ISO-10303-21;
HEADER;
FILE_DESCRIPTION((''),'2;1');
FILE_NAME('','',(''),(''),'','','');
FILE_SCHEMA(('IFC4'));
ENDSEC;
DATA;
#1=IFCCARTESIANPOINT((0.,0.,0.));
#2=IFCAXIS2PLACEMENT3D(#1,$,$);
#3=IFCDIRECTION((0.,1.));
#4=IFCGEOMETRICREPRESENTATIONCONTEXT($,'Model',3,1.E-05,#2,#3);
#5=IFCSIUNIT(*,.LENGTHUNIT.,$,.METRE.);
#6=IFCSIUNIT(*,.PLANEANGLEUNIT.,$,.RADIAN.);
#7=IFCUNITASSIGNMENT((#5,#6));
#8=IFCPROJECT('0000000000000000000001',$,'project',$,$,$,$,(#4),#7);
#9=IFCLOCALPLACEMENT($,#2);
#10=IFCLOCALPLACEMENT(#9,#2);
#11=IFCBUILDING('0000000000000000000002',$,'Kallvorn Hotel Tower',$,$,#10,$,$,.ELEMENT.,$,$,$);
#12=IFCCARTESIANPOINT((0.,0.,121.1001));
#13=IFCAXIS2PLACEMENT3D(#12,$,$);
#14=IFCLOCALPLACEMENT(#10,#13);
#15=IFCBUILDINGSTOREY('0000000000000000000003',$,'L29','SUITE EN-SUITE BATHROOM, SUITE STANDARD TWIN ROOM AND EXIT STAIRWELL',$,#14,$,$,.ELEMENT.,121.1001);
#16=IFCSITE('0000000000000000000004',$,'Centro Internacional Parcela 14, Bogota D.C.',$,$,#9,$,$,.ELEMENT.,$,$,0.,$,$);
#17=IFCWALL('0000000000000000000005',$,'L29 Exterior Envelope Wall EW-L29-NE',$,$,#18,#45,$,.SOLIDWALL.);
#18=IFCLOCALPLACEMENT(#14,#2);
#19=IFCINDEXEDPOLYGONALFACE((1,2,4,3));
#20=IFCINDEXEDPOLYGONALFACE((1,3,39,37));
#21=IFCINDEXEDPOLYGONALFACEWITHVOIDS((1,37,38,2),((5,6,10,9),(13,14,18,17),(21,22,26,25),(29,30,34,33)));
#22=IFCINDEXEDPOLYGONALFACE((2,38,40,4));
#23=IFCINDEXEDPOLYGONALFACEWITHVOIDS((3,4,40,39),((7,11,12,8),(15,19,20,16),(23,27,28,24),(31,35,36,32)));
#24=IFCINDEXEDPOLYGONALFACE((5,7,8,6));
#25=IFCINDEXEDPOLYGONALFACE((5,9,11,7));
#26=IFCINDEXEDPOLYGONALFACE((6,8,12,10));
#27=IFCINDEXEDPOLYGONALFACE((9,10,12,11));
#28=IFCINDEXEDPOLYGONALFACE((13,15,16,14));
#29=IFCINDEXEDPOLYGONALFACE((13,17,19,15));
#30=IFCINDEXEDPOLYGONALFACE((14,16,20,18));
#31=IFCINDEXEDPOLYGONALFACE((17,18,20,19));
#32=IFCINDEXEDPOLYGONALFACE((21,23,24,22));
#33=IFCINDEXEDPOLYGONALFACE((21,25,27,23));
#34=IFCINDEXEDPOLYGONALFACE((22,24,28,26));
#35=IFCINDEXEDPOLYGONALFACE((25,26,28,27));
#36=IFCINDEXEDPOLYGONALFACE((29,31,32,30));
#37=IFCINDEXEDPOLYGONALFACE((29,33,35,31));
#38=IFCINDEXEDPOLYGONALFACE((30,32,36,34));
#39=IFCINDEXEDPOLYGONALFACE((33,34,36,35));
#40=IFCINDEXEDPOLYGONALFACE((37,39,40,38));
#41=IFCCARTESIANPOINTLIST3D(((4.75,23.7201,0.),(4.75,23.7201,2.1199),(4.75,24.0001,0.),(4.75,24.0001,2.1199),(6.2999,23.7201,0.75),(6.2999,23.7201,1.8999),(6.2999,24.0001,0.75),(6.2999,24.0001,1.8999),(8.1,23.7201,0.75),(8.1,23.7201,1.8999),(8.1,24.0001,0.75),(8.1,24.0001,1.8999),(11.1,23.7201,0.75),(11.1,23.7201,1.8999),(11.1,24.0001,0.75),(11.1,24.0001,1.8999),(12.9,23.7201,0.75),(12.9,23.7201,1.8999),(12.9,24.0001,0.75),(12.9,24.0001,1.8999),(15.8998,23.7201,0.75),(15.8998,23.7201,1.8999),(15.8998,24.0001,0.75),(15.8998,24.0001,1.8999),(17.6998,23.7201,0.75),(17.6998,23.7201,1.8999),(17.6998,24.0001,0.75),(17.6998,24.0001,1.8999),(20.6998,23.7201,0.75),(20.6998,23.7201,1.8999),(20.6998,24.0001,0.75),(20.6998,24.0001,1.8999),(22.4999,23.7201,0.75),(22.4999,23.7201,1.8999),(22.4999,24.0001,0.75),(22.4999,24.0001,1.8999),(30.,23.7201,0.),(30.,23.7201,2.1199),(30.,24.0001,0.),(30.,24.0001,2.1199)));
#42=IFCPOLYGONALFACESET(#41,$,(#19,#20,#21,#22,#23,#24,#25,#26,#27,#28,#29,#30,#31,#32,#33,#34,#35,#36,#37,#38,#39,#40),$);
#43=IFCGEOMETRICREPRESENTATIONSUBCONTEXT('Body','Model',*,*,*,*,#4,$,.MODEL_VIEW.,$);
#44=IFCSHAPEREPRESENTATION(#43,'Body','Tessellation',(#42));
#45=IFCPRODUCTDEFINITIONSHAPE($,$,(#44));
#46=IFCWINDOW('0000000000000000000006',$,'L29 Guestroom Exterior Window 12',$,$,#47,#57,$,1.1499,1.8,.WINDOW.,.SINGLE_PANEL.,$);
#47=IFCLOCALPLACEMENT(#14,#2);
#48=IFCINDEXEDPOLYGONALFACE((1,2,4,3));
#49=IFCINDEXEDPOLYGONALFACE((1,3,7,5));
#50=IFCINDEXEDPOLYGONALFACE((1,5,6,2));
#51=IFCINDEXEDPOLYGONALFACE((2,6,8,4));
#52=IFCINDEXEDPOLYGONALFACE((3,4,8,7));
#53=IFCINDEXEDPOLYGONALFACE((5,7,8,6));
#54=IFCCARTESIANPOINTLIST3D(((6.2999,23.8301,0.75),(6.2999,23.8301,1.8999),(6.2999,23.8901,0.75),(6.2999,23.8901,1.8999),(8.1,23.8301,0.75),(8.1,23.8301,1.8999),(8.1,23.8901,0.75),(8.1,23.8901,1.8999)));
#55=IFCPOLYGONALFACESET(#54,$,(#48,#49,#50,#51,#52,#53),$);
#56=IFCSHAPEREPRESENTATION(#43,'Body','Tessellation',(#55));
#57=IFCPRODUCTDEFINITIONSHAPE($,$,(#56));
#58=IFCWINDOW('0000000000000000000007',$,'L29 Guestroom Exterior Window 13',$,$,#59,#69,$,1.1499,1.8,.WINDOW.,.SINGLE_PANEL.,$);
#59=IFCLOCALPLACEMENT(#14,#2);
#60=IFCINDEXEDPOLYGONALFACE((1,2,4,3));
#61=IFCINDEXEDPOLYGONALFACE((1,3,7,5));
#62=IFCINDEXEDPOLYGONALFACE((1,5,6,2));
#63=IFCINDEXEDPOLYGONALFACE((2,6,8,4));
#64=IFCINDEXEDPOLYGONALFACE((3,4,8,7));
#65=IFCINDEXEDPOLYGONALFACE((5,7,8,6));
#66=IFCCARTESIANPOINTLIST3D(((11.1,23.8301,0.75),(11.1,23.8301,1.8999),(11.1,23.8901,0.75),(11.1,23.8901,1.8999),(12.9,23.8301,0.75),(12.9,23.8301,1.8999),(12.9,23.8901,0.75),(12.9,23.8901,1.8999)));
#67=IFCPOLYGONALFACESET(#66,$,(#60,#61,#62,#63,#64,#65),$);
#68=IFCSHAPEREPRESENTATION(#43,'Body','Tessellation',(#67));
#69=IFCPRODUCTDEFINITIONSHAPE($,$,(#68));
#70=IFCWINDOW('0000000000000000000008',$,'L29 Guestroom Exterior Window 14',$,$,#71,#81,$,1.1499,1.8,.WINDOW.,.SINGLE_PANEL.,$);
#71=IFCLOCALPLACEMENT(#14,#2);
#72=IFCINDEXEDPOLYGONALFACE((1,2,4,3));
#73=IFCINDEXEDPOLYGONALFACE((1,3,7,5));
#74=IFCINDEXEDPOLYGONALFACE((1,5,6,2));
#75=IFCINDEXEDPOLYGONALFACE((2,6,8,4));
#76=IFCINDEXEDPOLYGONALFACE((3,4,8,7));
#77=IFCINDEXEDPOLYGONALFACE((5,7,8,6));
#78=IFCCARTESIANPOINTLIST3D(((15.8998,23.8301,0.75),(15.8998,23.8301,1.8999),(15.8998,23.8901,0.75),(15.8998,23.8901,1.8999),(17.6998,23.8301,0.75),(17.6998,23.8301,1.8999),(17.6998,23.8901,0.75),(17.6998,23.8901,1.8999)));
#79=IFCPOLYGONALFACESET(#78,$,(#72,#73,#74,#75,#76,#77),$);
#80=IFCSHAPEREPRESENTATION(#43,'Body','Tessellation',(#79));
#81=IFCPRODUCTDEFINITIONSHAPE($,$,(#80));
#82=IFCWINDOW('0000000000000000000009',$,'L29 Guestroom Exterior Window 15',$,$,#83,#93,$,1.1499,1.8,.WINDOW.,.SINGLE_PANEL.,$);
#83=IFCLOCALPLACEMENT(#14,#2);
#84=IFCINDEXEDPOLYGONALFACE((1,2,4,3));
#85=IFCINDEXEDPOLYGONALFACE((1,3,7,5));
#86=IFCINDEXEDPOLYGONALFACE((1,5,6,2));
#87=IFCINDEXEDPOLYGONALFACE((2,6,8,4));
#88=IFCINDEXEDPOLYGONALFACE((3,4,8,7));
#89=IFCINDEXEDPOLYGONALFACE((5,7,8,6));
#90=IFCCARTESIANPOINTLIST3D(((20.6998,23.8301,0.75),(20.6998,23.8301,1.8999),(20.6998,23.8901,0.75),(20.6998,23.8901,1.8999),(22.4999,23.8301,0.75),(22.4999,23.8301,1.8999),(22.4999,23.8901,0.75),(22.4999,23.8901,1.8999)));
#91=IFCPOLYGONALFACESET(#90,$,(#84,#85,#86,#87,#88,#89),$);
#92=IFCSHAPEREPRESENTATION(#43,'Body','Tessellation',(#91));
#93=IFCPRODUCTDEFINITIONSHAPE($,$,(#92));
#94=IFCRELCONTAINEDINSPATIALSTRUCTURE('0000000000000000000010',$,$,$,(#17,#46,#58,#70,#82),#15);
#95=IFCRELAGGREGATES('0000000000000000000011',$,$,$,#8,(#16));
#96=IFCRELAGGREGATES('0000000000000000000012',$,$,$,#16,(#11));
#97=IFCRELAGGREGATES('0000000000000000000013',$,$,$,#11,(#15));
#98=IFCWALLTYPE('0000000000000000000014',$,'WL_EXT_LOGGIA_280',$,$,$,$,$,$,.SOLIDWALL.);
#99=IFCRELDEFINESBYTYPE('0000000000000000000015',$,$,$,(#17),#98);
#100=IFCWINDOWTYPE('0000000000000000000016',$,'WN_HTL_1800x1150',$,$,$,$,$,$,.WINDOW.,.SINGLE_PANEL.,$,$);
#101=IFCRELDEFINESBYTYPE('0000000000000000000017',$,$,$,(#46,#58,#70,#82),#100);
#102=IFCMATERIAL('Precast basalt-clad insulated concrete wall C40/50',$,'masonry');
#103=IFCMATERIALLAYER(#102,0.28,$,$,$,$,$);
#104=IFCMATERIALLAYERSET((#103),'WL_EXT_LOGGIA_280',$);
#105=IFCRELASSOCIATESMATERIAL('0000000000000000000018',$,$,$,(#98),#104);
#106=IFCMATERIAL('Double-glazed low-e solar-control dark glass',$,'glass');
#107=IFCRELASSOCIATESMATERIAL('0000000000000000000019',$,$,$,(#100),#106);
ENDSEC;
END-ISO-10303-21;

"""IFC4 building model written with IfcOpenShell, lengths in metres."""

from ifc_helpers import new_model, si_unit, direction, frame, frame_2d, origin, place, context, subcontext, project, spatial, rectangle, extrude, material, layer, layer_set, type_object, element, fill, save


model = new_model("IFC4")

# Units and contexts
model_context = context("Model", 3, precision=1e-05, world=origin(), true_north=direction((0.0, 1.0)))
body_context = subcontext(model_context, "Body", "Model", "MODEL_VIEW")
ifc_project = project(units=[si_unit("LENGTHUNIT", "METRE"), si_unit("PLANEANGLEUNIT", "RADIAN")], contexts=[model_context])

# Site, building, storey
site_placement = place(None, origin())
site = spatial("IfcSite", under=ifc_project, at=site_placement, Name="Centro Internacional Parcela 14, Bogota D.C.", CompositionType="ELEMENT", RefElevation=0.0)
building_placement = place(site_placement, origin())
building = spatial("IfcBuilding", under=site, at=building_placement, Name="Kallvorn Hotel Tower", CompositionType="ELEMENT")
storey_placement = place(building_placement, frame((0.0, 0.0, 121.1001)))
storey = spatial("IfcBuildingStorey", under=building, at=storey_placement, Name="L29", Description="SUITE EN-SUITE BATHROOM, SUITE STANDARD TWIN ROOM AND EXIT STAIRWELL", CompositionType="ELEMENT", Elevation=121.1001)

# Wall, openings, windows
ifc_material_1 = material(Name="Precast basalt-clad insulated concrete wall C40/50", Category="masonry")
ifc_layer_1 = layer(ifc_material_1, 0.28)
ifc_layer_set_1 = layer_set([ifc_layer_1], Name="WL_EXT_LOGGIA_280")
wall_type = type_object("IfcWallType", Name="WL_EXT_LOGGIA_280", PredefinedType="SOLIDWALL", material=ifc_layer_set_1)
wall_placement = place(storey_placement, frame((4.75, 23.8601, 0.0), z_axis=(0.0, 0.0, 1.0), x_axis=(1.0, 0.0, 0.0)))
wall = element("IfcWall", 1, at=wall_placement, inside=storey, type_object=wall_type, Name="L29 Exterior Envelope Wall EW-L29-NE", PredefinedType="SOLIDWALL", context=body_context, shape_type="SweptSolid", body=[
    extrude(rectangle(XDim=25.25, YDim=0.28, at=frame_2d((12.625, 0.0))), origin(), (0.0, 0.0, 1.0), 2.1199),
])
opening_1_placement = place(wall_placement, frame((1.55, 0.0, 0.75)))
opening_1 = element("IfcOpeningElement", 2, at=opening_1_placement, cuts=wall, PredefinedType="OPENING", context=body_context, shape_type="SweptSolid", body=[
    extrude(rectangle(XDim=1.8, YDim=1.1499, at=frame_2d((0.8999, 0.575))), frame((0.0, 0.155, 0.0), z_axis=(0.0, -1.0, 0.0), x_axis=(1.0, 0.0, 0.0)), (0.0, 0.0, 1.0), 0.3101),
])
opening_2_placement = place(wall_placement, frame((6.3501, 0.0, 0.75)))
opening_2 = element("IfcOpeningElement", 3, at=opening_2_placement, cuts=wall, PredefinedType="OPENING", context=body_context, shape_type="SweptSolid", body=[
    extrude(rectangle(XDim=1.8, YDim=1.1499, at=frame_2d((0.8999, 0.575))), frame((0.0, 0.155, 0.0), z_axis=(0.0, -1.0, 0.0), x_axis=(1.0, 0.0, 0.0)), (0.0, 0.0, 1.0), 0.3101),
])
opening_3_placement = place(wall_placement, frame((11.1499, 0.0, 0.75)))
opening_3 = element("IfcOpeningElement", 4, at=opening_3_placement, cuts=wall, PredefinedType="OPENING", context=body_context, shape_type="SweptSolid", body=[
    extrude(rectangle(XDim=1.8, YDim=1.1499, at=frame_2d((0.8999, 0.575))), frame((0.0, 0.155, 0.0), z_axis=(0.0, -1.0, 0.0), x_axis=(1.0, 0.0, 0.0)), (0.0, 0.0, 1.0), 0.3101),
])
opening_4_placement = place(wall_placement, frame((15.95, 0.0, 0.75)))
opening_4 = element("IfcOpeningElement", 5, at=opening_4_placement, cuts=wall, PredefinedType="OPENING", context=body_context, shape_type="SweptSolid", body=[
    extrude(rectangle(XDim=1.8, YDim=1.1499, at=frame_2d((0.8999, 0.575))), frame((0.0, 0.155, 0.0), z_axis=(0.0, -1.0, 0.0), x_axis=(1.0, 0.0, 0.0)), (0.0, 0.0, 1.0), 0.3101),
])
ifc_material_2 = material(Name="Double-glazed low-e solar-control dark glass", Category="glass")
window_type = type_object("IfcWindowType", Name="WN_HTL_1800x1150", PartitioningType="SINGLE_PANEL", PredefinedType="WINDOW", material=ifc_material_2)
window_1_placement = place(opening_1_placement, origin())
window_1 = element("IfcWindow", 6, at=window_1_placement, inside=storey, type_object=window_type, Name="L29 Guestroom Exterior Window 12", OverallHeight=1.1499, OverallWidth=1.8, PartitioningType="SINGLE_PANEL", PredefinedType="WINDOW", context=body_context, shape_type="SweptSolid", body=[
    extrude(rectangle(XDim=1.8, YDim=1.1499, at=frame_2d((0.8999, 0.575))), frame((0.0, 0.03, 0.0), z_axis=(0.0, -1.0, 0.0), x_axis=(1.0, 0.0, 0.0)), (0.0, 0.0, 1.0), 0.0601),
])
fill(opening_1, window_1)
window_2_placement = place(opening_2_placement, origin())
window_2 = element("IfcWindow", 7, at=window_2_placement, inside=storey, type_object=window_type, Name="L29 Guestroom Exterior Window 13", OverallHeight=1.1499, OverallWidth=1.8, PartitioningType="SINGLE_PANEL", PredefinedType="WINDOW", context=body_context, shape_type="SweptSolid", body=[
    extrude(rectangle(XDim=1.8, YDim=1.1499, at=frame_2d((0.8999, 0.575))), frame((0.0, 0.03, 0.0), z_axis=(0.0, -1.0, 0.0), x_axis=(1.0, 0.0, 0.0)), (0.0, 0.0, 1.0), 0.0601),
])
fill(opening_2, window_2)
window_3_placement = place(opening_3_placement, origin())
window_3 = element("IfcWindow", 8, at=window_3_placement, inside=storey, type_object=window_type, Name="L29 Guestroom Exterior Window 14", OverallHeight=1.1499, OverallWidth=1.8, PartitioningType="SINGLE_PANEL", PredefinedType="WINDOW", context=body_context, shape_type="SweptSolid", body=[
    extrude(rectangle(XDim=1.8, YDim=1.1499, at=frame_2d((0.8999, 0.575))), frame((0.0, 0.03, 0.0), z_axis=(0.0, -1.0, 0.0), x_axis=(1.0, 0.0, 0.0)), (0.0, 0.0, 1.0), 0.0601),
])
fill(opening_3, window_3)
window_4_placement = place(opening_4_placement, origin())
window_4 = element("IfcWindow", 9, at=window_4_placement, inside=storey, type_object=window_type, Name="L29 Guestroom Exterior Window 15", OverallHeight=1.1499, OverallWidth=1.8, PartitioningType="SINGLE_PANEL", PredefinedType="WINDOW", context=body_context, shape_type="SweptSolid", body=[
    extrude(rectangle(XDim=1.8, YDim=1.1499, at=frame_2d((0.8999, 0.575))), frame((0.0, 0.03, 0.0), z_axis=(0.0, -1.0, 0.0), x_axis=(1.0, 0.0, 0.0)), (0.0, 0.0, 1.0), 0.0601),
])
fill(opening_4, window_4)

save(model, "model.ifc")
